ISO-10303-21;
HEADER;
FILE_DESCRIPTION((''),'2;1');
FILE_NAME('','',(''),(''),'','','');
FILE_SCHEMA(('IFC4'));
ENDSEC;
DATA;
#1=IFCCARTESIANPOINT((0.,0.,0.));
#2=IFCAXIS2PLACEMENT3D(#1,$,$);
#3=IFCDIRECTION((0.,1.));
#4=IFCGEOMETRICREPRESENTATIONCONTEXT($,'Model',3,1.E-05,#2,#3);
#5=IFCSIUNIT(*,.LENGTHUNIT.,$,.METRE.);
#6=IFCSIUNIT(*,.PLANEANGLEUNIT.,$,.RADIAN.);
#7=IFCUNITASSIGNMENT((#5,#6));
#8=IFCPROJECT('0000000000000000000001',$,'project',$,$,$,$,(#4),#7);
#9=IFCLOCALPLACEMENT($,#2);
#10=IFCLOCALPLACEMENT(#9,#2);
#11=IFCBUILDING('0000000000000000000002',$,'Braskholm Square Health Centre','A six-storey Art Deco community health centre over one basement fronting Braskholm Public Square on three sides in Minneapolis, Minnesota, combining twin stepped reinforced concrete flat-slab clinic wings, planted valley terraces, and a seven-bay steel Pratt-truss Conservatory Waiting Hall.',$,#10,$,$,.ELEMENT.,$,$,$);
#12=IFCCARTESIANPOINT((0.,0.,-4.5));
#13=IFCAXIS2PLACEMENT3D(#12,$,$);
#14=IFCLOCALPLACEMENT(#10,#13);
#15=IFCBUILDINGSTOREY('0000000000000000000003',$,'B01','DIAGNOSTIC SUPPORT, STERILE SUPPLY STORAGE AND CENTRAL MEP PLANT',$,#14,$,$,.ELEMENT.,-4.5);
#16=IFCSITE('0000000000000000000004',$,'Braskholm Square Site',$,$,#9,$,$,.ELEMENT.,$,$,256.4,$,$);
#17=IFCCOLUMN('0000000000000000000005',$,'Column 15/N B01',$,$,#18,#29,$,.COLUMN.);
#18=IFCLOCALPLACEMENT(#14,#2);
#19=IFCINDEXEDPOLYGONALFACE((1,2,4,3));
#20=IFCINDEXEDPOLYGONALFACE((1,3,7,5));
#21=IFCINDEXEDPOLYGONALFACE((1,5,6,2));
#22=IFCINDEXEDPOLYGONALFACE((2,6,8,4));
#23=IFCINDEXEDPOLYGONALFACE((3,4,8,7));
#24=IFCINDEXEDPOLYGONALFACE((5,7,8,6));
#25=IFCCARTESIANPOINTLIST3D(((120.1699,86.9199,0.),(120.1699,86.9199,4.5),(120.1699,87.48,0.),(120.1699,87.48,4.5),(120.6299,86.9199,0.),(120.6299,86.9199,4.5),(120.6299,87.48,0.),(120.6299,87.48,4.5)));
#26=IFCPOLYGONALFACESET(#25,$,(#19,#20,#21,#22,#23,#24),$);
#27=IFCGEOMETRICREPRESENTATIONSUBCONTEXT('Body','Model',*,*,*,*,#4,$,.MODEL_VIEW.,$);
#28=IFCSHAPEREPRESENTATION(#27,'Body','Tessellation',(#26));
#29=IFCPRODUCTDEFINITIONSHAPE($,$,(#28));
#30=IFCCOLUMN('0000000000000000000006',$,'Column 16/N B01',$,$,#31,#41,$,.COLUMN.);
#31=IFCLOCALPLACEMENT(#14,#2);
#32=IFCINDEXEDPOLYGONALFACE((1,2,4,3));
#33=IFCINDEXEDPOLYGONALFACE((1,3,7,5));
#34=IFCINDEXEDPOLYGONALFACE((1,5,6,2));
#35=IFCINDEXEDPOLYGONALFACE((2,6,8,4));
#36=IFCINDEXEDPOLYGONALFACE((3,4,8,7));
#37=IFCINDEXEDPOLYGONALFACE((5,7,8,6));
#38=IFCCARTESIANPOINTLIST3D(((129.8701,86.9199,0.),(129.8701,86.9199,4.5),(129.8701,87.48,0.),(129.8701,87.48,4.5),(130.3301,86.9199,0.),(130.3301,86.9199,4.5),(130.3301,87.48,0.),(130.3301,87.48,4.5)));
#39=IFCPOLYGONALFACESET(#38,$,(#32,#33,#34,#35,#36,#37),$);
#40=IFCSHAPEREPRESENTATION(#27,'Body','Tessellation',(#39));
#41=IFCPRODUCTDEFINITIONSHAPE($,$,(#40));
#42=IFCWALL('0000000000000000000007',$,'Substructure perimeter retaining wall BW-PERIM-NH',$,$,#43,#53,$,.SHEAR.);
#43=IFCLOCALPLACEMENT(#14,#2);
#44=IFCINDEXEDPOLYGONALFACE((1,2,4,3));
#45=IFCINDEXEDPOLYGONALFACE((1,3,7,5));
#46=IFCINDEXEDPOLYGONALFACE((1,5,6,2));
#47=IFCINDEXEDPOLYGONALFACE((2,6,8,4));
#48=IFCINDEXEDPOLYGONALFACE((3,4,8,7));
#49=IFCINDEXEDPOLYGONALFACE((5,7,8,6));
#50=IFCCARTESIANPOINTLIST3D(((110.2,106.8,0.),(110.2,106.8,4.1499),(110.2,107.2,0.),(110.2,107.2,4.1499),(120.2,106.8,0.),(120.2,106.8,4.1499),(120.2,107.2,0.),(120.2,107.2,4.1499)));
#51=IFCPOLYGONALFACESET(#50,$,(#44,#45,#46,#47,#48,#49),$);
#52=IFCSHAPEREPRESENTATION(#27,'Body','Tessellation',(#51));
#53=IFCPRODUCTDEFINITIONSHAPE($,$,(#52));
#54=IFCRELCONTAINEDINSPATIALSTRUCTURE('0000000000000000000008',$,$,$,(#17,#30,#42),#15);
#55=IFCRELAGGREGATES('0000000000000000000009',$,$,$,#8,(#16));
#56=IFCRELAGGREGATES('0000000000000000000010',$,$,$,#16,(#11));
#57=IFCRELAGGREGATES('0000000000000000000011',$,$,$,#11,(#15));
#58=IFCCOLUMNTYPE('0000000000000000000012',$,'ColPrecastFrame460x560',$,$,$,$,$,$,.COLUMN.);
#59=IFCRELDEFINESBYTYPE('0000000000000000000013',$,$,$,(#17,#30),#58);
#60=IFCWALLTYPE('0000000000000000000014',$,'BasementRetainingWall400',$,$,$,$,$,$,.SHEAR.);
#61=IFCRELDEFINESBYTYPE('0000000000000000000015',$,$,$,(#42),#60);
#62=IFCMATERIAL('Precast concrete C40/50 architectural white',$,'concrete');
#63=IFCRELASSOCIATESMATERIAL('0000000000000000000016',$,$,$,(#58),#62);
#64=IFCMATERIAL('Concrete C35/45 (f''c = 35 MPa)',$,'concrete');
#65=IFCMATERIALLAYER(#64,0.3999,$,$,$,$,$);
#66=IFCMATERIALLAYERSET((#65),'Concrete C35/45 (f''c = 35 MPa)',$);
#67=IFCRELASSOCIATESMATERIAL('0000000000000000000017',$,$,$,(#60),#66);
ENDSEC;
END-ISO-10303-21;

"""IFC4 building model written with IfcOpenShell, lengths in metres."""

from ifc_helpers import new_model, si_unit, direction, frame, frame_2d, origin, origin_2d, place, context, subcontext, project, spatial, rectangle, extrude, material, layer, layer_set, material_profile, profile_set, type_object, element, save


model = new_model("IFC4")

# Units and contexts
model_context = context("Model", 3, precision=1e-05, world=origin(), true_north=direction((0.0, 1.0)))
body_context = subcontext(model_context, "Body", "Model", "MODEL_VIEW")
ifc_project = project(units=[si_unit("LENGTHUNIT", "METRE"), si_unit("PLANEANGLEUNIT", "RADIAN")], contexts=[model_context])

# Site, building, storey
site_placement = place(None, origin())
site = spatial("IfcSite", under=ifc_project, at=site_placement, Name="Braskholm Square Site", CompositionType="ELEMENT", RefElevation=256.4)
building_placement = place(site_placement, origin())
building = spatial("IfcBuilding", under=site, at=building_placement, Name="Braskholm Square Health Centre", Description="A six-storey Art Deco community health centre over one basement fronting Braskholm Public Square on three sides in Minneapolis, Minnesota, combining twin stepped reinforced concrete flat-slab clinic wings, planted valley terraces, and a seven-bay steel Pratt-truss Conservatory Waiting Hall.", CompositionType="ELEMENT")
storey_placement = place(building_placement, frame((0.0, 0.0, -4.5)))
storey = spatial("IfcBuildingStorey", under=building, at=storey_placement, Name="B01", Description="DIAGNOSTIC SUPPORT, STERILE SUPPLY STORAGE AND CENTRAL MEP PLANT", CompositionType="ELEMENT", Elevation=-4.5)

# Columns
ifc_material_1 = material(Name="Precast concrete C40/50 architectural white", Category="concrete")
ifc_material_profile_1 = material_profile(ifc_material_1, rectangle(XDim=0.46, YDim=0.5601, at=origin_2d()), Name="RC-460X560")
ifc_profile_set_1 = profile_set([ifc_material_profile_1], Name="Precast concrete C40/50 architectural white")
column_type_1 = type_object("IfcColumnType", Name="ColPrecastFrame460x560", PredefinedType="COLUMN", material=ifc_profile_set_1)
for number, where, z_axis, x_axis, name in (
    (1, (120.3999, 87.2, 0.0), (0.0, 0.0, 1.0), (1.0, 0.0, 0.0), "Column 15/N B01"),
    (2, (130.1001, 87.2, 0.0), (0.0, 0.0, 1.0), (1.0, 0.0, 0.0), "Column 16/N B01"),
):
    element("IfcColumn", number, at=place(storey_placement, frame(where, z_axis=z_axis, x_axis=x_axis)), inside=storey, type_object=column_type_1, Name=name, PredefinedType="COLUMN", context=body_context, shape_type="SweptSolid", body=[
        extrude(rectangle(XDim=0.46, YDim=0.5601, at=origin_2d()), origin(), (0.0, 0.0, 1.0), 4.5),
    ])

# Wall
ifc_material_2 = material(Name="Concrete C35/45 (f'c = 35 MPa)", Category="concrete")
ifc_layer = layer(ifc_material_2, 0.3999)
ifc_layer_set = layer_set([ifc_layer], Name="Concrete C35/45 (f'c = 35 MPa)")
wall_type = type_object("IfcWallType", Name="BasementRetainingWall400", PredefinedType="SHEAR", material=ifc_layer_set)
wall_placement = place(storey_placement, frame((120.2, 107.0, 0.0), z_axis=(0.0, 0.0, 1.0), x_axis=(-1.0, 0.0, 0.0)))
element("IfcWall", 3, at=wall_placement, inside=storey, type_object=wall_type, Name="Substructure perimeter retaining wall BW-PERIM-NH", PredefinedType="SHEAR", context=body_context, shape_type="SweptSolid", body=[
    extrude(rectangle(XDim=10.0, YDim=0.3999, at=frame_2d((5.0, 0.0))), origin(), (0.0, 0.0, 1.0), 4.1499),
])

save(model, "model.ifc")
